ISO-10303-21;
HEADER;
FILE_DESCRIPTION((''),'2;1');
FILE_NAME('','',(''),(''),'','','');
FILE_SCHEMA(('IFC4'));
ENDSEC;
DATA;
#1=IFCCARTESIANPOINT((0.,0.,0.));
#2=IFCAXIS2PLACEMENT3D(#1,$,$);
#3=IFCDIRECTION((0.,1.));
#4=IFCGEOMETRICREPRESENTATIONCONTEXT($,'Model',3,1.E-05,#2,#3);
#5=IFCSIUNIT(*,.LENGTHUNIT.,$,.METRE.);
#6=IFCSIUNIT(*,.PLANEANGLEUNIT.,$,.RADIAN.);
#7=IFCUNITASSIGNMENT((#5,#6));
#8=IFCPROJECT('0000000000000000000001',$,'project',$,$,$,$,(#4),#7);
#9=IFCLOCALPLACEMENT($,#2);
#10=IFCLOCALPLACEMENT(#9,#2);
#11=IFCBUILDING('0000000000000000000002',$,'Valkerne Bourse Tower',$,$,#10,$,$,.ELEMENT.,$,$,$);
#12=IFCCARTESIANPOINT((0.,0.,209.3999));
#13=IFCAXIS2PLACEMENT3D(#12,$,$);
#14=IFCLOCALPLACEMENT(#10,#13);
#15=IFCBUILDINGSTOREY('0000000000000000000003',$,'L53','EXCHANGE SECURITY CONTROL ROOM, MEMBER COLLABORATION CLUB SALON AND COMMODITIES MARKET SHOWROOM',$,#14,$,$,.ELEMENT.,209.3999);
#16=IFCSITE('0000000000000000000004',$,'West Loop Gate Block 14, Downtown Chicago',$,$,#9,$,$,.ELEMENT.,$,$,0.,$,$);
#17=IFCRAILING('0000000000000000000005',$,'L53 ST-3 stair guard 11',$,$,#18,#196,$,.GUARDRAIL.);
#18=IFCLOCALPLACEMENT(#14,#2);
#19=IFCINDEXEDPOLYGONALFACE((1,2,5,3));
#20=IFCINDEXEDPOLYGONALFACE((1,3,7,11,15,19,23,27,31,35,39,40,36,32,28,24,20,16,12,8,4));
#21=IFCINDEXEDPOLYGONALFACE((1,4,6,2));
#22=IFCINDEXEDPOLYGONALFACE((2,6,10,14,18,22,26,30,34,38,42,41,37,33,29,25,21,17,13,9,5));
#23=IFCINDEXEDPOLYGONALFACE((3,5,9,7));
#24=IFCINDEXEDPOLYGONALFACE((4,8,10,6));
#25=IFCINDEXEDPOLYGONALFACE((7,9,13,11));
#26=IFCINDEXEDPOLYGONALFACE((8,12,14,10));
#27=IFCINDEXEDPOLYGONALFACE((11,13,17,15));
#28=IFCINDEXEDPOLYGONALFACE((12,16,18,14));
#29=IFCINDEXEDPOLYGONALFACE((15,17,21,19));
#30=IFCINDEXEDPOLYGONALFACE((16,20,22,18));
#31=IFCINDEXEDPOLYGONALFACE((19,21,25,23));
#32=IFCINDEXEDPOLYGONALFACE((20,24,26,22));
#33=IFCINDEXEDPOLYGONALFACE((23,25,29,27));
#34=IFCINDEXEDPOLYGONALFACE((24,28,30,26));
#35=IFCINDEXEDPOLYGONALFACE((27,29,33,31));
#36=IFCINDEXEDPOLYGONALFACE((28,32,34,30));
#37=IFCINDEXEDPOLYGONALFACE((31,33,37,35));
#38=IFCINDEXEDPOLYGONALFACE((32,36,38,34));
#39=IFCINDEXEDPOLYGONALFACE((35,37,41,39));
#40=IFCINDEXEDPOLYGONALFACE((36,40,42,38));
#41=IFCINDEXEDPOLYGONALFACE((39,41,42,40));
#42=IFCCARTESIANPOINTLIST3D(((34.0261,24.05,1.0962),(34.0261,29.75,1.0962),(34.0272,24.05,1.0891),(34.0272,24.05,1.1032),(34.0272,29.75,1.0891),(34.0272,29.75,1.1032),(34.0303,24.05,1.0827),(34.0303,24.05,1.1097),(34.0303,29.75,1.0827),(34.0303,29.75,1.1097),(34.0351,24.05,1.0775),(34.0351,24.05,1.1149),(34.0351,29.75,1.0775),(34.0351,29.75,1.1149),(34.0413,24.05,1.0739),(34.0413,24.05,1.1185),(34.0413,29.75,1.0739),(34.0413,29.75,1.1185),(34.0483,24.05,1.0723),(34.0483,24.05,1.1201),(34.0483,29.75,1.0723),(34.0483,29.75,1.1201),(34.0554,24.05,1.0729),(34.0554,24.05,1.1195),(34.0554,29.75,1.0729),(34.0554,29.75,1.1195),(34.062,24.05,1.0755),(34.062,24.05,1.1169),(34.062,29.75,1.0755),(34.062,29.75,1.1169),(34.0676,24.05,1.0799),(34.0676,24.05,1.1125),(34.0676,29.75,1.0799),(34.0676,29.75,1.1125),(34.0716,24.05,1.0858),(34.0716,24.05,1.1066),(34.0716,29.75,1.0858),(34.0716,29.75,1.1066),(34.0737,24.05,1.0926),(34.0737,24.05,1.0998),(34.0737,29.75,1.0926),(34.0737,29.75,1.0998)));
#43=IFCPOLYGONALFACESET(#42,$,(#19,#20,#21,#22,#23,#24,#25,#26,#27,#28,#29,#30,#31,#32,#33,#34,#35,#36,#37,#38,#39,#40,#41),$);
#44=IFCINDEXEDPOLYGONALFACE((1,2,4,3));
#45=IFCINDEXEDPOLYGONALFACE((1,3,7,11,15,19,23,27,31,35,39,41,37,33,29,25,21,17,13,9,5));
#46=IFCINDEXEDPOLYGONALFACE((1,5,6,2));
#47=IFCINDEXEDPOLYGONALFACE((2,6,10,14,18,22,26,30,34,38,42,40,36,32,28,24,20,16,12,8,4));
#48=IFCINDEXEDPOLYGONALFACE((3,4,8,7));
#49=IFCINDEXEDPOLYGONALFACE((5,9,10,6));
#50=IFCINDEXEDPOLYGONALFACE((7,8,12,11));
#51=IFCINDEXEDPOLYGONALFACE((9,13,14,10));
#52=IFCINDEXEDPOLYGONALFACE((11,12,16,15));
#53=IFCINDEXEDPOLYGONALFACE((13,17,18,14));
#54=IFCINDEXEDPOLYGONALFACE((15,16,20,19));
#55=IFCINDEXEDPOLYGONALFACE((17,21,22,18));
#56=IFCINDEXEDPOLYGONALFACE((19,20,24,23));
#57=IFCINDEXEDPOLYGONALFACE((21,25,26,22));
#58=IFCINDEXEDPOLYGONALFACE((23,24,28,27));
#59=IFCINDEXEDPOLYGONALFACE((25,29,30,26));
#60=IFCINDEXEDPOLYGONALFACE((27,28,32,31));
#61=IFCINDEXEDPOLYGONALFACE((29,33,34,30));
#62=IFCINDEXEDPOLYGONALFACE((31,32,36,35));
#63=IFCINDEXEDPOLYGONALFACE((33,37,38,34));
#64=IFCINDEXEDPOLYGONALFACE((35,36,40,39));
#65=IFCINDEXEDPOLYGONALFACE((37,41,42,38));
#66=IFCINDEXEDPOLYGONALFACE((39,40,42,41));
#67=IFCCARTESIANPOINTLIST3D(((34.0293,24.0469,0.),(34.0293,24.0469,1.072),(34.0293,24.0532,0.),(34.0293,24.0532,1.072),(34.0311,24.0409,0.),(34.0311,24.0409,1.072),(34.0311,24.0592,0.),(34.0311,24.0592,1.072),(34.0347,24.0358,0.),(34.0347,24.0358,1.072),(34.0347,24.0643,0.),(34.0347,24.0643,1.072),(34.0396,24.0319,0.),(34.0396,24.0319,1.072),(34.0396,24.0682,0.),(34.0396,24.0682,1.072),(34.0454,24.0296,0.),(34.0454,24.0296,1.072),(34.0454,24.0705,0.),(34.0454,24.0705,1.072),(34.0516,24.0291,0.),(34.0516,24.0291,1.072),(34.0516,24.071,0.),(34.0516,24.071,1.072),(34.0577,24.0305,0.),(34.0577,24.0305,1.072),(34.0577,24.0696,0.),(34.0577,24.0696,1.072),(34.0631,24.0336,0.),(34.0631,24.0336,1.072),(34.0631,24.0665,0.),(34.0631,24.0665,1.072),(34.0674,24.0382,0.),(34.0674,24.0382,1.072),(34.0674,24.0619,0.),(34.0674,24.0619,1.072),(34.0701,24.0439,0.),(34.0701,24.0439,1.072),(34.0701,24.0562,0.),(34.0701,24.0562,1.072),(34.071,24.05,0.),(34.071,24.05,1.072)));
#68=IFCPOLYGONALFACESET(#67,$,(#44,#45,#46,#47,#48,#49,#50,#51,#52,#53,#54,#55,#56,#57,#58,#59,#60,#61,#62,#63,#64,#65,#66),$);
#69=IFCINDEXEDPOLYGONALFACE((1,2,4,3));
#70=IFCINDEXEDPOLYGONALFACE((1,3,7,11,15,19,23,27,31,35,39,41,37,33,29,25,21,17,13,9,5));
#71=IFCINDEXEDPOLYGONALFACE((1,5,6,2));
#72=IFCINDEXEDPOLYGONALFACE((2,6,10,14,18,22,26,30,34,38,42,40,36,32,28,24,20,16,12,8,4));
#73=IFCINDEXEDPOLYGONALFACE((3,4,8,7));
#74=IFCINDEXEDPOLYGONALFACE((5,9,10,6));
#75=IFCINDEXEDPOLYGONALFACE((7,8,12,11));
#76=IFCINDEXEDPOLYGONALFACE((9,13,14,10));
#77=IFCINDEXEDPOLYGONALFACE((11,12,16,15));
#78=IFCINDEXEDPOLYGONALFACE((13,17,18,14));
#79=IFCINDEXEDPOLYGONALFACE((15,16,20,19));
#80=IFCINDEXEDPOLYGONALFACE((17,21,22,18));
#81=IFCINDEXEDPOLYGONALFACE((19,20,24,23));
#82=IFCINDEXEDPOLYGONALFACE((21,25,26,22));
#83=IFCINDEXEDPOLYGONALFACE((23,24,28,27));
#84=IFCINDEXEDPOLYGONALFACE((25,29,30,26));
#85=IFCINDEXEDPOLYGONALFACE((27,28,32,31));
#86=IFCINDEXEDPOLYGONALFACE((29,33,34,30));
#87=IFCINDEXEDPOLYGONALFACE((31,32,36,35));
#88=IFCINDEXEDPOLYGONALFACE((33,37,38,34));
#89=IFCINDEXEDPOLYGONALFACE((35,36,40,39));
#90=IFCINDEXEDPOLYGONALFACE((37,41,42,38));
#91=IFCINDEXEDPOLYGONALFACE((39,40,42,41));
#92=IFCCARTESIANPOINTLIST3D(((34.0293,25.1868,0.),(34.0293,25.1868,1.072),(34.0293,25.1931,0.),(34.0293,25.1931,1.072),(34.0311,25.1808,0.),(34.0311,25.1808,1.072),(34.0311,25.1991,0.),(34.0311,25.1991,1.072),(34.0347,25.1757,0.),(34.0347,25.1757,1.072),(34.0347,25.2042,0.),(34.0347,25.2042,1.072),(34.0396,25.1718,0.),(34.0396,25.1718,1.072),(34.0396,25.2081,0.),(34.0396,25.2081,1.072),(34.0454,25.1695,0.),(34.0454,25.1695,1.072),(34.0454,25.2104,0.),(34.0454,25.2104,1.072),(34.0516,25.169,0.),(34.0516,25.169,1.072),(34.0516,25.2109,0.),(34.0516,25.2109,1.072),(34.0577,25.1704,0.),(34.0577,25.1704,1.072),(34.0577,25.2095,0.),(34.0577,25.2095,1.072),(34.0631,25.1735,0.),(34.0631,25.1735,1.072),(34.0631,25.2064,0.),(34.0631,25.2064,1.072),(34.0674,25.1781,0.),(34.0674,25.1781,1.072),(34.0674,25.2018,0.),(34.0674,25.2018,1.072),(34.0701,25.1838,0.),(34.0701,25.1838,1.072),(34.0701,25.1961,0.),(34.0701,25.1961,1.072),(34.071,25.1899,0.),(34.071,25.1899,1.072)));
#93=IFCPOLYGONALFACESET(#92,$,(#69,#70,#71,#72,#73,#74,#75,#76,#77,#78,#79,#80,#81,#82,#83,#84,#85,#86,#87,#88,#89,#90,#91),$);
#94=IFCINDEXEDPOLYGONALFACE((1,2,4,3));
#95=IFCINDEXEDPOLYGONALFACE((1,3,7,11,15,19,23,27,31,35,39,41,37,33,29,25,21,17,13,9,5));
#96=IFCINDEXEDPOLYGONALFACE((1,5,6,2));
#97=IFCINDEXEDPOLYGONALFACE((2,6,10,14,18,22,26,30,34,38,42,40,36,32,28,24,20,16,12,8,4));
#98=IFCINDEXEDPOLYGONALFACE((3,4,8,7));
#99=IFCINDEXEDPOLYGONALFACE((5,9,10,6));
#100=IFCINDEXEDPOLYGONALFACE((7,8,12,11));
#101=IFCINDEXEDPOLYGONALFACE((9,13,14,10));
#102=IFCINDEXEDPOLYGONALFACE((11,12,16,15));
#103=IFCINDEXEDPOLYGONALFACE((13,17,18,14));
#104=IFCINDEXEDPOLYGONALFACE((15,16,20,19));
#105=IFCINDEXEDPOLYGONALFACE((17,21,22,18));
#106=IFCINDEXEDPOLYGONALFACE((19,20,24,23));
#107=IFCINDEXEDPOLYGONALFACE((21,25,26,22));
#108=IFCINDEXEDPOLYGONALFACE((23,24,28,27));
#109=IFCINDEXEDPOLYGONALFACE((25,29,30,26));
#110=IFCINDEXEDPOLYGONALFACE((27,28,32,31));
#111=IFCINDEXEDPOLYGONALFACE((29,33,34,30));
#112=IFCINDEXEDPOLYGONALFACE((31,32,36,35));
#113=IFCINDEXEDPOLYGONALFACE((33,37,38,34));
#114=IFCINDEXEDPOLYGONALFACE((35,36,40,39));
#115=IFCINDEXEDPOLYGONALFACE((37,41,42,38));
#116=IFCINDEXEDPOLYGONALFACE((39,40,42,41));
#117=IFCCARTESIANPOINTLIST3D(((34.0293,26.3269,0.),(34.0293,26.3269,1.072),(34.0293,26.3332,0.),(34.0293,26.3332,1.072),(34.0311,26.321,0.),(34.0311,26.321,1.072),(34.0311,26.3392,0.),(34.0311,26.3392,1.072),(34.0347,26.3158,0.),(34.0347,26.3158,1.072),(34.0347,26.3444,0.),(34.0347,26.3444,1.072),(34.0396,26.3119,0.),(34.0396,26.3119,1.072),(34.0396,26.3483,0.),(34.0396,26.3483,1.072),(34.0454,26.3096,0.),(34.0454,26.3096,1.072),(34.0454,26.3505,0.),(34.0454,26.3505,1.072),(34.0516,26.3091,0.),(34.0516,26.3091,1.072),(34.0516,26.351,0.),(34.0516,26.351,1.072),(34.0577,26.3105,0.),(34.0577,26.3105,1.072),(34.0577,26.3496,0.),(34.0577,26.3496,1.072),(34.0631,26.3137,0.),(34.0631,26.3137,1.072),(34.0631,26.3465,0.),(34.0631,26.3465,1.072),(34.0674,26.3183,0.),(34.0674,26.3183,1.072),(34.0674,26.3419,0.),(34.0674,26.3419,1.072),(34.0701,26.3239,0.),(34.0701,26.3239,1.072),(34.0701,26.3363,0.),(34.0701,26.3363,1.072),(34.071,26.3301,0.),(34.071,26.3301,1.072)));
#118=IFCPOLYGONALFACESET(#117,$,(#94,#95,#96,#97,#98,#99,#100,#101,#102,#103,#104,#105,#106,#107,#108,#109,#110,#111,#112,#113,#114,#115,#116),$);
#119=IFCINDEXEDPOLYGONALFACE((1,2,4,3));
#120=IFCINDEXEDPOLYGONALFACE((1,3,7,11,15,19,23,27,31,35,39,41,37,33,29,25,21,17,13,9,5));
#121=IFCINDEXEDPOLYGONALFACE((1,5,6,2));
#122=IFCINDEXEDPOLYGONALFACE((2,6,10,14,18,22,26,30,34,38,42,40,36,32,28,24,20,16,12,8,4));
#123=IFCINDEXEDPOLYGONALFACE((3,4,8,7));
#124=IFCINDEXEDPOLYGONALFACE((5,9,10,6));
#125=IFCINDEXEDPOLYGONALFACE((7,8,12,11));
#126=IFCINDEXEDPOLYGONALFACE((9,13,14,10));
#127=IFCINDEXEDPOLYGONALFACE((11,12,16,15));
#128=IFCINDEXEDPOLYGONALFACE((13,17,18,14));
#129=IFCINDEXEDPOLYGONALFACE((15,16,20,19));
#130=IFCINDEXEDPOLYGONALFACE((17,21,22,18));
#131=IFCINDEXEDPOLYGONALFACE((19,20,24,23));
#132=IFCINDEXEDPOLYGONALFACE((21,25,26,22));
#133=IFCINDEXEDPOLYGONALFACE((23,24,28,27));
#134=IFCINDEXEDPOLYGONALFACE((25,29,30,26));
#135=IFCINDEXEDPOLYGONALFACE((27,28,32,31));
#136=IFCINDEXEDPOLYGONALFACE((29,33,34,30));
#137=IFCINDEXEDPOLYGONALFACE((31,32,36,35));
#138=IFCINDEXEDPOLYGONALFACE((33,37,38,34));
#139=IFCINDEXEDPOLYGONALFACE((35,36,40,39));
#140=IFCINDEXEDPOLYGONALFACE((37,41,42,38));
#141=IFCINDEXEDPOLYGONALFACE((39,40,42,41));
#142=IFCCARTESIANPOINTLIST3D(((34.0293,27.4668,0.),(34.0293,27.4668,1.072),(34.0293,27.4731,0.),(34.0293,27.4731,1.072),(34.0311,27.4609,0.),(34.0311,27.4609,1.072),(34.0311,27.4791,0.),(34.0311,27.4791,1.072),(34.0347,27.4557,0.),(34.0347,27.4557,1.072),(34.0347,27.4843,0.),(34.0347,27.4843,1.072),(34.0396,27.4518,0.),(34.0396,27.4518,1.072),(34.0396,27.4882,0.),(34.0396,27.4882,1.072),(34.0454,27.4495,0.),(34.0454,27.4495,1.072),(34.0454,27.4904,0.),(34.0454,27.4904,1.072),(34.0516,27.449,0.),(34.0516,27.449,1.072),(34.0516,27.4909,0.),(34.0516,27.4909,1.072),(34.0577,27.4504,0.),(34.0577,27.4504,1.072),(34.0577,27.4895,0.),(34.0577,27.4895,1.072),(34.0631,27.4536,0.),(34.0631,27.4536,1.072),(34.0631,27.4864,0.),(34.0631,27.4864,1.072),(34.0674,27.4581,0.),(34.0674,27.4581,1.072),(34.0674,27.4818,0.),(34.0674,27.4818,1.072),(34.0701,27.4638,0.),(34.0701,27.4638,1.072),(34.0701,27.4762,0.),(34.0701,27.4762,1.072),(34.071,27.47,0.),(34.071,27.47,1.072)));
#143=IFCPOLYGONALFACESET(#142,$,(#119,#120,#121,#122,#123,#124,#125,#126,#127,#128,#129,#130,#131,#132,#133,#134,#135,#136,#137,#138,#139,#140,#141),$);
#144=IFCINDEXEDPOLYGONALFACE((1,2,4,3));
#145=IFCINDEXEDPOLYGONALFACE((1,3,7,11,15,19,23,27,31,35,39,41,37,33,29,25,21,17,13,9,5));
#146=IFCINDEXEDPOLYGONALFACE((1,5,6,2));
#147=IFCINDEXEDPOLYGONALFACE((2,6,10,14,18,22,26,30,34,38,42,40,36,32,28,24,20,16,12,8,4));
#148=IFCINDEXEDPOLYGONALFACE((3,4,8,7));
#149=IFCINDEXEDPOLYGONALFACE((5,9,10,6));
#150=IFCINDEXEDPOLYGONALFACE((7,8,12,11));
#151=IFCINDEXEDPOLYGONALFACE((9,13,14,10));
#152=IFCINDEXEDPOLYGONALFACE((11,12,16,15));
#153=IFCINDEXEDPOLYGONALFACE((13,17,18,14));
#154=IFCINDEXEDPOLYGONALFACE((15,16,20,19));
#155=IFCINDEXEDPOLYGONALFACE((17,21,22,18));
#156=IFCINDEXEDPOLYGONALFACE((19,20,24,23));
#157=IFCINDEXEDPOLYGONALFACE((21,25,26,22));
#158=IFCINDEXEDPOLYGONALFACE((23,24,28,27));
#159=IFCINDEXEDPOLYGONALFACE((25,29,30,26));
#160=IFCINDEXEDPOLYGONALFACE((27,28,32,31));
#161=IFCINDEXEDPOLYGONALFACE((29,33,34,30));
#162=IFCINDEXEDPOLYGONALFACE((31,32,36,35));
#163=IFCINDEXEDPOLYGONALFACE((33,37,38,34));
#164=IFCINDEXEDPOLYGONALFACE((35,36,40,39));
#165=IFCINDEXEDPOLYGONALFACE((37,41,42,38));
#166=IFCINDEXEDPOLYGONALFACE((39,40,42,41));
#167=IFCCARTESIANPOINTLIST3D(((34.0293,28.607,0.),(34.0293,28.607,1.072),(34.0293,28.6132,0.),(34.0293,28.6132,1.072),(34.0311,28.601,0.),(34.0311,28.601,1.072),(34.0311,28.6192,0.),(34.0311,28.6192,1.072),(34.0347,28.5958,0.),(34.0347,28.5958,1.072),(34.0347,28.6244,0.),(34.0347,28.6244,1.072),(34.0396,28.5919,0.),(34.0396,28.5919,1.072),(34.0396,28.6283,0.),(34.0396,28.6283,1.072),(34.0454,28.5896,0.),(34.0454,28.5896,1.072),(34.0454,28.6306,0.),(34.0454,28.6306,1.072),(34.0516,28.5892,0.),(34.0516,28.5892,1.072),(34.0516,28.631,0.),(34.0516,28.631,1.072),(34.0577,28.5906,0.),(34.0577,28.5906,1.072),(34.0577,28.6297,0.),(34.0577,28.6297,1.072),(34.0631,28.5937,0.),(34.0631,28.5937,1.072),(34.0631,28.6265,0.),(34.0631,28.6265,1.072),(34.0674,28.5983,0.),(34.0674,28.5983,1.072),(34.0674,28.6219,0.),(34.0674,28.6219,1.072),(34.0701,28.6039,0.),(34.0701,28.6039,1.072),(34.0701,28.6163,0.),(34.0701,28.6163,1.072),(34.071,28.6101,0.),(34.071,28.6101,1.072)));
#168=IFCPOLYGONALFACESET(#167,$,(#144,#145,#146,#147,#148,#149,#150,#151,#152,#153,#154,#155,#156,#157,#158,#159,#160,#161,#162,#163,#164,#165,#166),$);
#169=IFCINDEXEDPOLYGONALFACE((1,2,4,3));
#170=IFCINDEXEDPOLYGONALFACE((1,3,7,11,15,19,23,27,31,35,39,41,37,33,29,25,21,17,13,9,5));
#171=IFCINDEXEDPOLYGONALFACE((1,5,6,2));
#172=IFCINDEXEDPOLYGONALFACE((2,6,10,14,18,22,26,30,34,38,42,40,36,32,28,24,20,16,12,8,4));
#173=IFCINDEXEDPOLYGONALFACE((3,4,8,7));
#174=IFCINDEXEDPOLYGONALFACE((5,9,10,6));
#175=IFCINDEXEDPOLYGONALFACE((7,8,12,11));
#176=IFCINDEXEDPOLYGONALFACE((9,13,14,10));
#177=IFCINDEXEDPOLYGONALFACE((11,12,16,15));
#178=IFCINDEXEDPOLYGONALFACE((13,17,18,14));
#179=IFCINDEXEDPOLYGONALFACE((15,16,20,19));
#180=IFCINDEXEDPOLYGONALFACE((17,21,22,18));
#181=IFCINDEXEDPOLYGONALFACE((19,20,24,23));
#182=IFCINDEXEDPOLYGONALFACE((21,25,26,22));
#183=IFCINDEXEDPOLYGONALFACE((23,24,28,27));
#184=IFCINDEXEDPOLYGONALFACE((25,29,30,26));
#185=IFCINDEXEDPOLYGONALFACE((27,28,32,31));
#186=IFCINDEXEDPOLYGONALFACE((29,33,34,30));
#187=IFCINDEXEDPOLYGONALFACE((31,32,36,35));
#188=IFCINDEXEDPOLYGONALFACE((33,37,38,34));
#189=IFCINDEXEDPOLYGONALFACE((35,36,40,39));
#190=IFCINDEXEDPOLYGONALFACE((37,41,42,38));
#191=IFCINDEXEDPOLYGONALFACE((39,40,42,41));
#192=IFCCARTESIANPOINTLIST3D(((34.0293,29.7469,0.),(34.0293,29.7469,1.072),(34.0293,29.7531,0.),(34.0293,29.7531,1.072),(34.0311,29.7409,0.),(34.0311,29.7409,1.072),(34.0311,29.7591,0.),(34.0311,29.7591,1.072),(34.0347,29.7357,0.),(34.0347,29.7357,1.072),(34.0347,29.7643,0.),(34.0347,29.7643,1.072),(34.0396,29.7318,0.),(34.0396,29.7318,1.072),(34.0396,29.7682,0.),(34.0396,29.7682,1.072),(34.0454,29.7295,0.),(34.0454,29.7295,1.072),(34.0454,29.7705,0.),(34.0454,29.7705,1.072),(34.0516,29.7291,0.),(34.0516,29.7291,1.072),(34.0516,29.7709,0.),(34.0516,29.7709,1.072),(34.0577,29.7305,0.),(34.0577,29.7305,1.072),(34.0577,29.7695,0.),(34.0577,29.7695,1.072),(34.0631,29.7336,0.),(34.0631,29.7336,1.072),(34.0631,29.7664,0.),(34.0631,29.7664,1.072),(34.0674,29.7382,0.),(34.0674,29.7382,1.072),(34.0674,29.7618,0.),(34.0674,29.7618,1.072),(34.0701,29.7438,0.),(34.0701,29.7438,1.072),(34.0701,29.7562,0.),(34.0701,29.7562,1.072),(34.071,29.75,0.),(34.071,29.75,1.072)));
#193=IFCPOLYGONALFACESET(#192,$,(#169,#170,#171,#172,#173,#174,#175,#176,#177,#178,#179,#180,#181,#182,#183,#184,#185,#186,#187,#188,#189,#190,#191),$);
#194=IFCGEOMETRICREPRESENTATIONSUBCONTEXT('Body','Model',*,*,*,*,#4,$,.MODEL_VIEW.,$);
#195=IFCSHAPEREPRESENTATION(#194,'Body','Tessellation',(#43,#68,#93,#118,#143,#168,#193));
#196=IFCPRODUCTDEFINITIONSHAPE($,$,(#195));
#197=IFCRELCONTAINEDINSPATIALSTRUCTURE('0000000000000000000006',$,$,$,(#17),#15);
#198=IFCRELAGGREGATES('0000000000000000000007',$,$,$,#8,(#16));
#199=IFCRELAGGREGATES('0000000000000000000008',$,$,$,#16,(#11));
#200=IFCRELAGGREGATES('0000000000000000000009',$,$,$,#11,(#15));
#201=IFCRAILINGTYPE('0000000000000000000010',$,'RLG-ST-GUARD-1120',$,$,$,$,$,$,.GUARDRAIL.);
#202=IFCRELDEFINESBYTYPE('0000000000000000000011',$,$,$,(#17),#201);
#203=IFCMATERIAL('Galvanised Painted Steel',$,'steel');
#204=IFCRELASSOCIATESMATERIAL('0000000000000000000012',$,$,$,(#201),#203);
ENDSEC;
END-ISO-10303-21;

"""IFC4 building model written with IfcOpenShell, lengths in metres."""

from ifc_helpers import new_model, si_unit, direction, frame, origin, origin_2d, place, context, subcontext, project, spatial, circle, extrude, material, type_object, element, save


model = new_model("IFC4")

# Units and contexts
model_context = context("Model", 3, precision=1e-05, world=origin(), true_north=direction((0.0, 1.0)))
body_context = subcontext(model_context, "Body", "Model", "MODEL_VIEW")
ifc_project = project(units=[si_unit("LENGTHUNIT", "METRE"), si_unit("PLANEANGLEUNIT", "RADIAN")], contexts=[model_context])

# Site, building, storey
site_placement = place(None, origin())
site = spatial("IfcSite", under=ifc_project, at=site_placement, Name="West Loop Gate Block 14, Downtown Chicago", CompositionType="ELEMENT", RefElevation=0.0)
building_placement = place(site_placement, origin())
building = spatial("IfcBuilding", under=site, at=building_placement, Name="Valkerne Bourse Tower", CompositionType="ELEMENT")
storey_placement = place(building_placement, frame((0.0, 0.0, 209.3999)))
storey = spatial("IfcBuildingStorey", under=building, at=storey_placement, Name="L53", Description="EXCHANGE SECURITY CONTROL ROOM, MEMBER COLLABORATION CLUB SALON AND COMMODITIES MARKET SHOWROOM", CompositionType="ELEMENT", Elevation=209.3999)

# Shared definitions
ifc_material_1 = material(Name="Galvanised Painted Steel", Category="steel")

# Railing
railing_type_1 = type_object("IfcRailingType", Name="RLG-ST-GUARD-1120", PredefinedType="GUARDRAIL", material=ifc_material_1)
railing_1_placement = place(storey_placement, frame((34.05, 24.05, 0.0)))
element("IfcRailing", 1, at=railing_1_placement, inside=storey, type_object=railing_type_1, Name="L53 ST-3 stair guard 11", PredefinedType="GUARDRAIL", context=body_context, shape_type="SweptSolid", body=[
    extrude(circle(Radius=0.0239, at=origin_2d()), frame((0.0, 0.0, 1.0962), z_axis=(0.0, 1.0, 0.0), x_axis=(-1.0, 0.0, 0.0)), (0.0, 0.0, 1.0), 5.7),
    extrude(circle(Radius=0.021, at=origin_2d()), origin(), (0.0, 0.0, 1.0), 1.072),
    extrude(circle(Radius=0.021, at=origin_2d()), frame((0.0, 1.1399, 0.0)), (0.0, 0.0, 1.0), 1.072),
    extrude(circle(Radius=0.021, at=origin_2d()), frame((0.0, 2.28, 0.0)), (0.0, 0.0, 1.0), 1.072),
    extrude(circle(Radius=0.021, at=origin_2d()), frame((0.0, 3.4199, 0.0)), (0.0, 0.0, 1.0), 1.072),
    extrude(circle(Radius=0.021, at=origin_2d()), frame((0.0, 4.5601, 0.0)), (0.0, 0.0, 1.0), 1.072),
    extrude(circle(Radius=0.021, at=origin_2d()), frame((0.0, 5.7, 0.0)), (0.0, 0.0, 1.0), 1.072),
])

save(model, "model.ifc")
